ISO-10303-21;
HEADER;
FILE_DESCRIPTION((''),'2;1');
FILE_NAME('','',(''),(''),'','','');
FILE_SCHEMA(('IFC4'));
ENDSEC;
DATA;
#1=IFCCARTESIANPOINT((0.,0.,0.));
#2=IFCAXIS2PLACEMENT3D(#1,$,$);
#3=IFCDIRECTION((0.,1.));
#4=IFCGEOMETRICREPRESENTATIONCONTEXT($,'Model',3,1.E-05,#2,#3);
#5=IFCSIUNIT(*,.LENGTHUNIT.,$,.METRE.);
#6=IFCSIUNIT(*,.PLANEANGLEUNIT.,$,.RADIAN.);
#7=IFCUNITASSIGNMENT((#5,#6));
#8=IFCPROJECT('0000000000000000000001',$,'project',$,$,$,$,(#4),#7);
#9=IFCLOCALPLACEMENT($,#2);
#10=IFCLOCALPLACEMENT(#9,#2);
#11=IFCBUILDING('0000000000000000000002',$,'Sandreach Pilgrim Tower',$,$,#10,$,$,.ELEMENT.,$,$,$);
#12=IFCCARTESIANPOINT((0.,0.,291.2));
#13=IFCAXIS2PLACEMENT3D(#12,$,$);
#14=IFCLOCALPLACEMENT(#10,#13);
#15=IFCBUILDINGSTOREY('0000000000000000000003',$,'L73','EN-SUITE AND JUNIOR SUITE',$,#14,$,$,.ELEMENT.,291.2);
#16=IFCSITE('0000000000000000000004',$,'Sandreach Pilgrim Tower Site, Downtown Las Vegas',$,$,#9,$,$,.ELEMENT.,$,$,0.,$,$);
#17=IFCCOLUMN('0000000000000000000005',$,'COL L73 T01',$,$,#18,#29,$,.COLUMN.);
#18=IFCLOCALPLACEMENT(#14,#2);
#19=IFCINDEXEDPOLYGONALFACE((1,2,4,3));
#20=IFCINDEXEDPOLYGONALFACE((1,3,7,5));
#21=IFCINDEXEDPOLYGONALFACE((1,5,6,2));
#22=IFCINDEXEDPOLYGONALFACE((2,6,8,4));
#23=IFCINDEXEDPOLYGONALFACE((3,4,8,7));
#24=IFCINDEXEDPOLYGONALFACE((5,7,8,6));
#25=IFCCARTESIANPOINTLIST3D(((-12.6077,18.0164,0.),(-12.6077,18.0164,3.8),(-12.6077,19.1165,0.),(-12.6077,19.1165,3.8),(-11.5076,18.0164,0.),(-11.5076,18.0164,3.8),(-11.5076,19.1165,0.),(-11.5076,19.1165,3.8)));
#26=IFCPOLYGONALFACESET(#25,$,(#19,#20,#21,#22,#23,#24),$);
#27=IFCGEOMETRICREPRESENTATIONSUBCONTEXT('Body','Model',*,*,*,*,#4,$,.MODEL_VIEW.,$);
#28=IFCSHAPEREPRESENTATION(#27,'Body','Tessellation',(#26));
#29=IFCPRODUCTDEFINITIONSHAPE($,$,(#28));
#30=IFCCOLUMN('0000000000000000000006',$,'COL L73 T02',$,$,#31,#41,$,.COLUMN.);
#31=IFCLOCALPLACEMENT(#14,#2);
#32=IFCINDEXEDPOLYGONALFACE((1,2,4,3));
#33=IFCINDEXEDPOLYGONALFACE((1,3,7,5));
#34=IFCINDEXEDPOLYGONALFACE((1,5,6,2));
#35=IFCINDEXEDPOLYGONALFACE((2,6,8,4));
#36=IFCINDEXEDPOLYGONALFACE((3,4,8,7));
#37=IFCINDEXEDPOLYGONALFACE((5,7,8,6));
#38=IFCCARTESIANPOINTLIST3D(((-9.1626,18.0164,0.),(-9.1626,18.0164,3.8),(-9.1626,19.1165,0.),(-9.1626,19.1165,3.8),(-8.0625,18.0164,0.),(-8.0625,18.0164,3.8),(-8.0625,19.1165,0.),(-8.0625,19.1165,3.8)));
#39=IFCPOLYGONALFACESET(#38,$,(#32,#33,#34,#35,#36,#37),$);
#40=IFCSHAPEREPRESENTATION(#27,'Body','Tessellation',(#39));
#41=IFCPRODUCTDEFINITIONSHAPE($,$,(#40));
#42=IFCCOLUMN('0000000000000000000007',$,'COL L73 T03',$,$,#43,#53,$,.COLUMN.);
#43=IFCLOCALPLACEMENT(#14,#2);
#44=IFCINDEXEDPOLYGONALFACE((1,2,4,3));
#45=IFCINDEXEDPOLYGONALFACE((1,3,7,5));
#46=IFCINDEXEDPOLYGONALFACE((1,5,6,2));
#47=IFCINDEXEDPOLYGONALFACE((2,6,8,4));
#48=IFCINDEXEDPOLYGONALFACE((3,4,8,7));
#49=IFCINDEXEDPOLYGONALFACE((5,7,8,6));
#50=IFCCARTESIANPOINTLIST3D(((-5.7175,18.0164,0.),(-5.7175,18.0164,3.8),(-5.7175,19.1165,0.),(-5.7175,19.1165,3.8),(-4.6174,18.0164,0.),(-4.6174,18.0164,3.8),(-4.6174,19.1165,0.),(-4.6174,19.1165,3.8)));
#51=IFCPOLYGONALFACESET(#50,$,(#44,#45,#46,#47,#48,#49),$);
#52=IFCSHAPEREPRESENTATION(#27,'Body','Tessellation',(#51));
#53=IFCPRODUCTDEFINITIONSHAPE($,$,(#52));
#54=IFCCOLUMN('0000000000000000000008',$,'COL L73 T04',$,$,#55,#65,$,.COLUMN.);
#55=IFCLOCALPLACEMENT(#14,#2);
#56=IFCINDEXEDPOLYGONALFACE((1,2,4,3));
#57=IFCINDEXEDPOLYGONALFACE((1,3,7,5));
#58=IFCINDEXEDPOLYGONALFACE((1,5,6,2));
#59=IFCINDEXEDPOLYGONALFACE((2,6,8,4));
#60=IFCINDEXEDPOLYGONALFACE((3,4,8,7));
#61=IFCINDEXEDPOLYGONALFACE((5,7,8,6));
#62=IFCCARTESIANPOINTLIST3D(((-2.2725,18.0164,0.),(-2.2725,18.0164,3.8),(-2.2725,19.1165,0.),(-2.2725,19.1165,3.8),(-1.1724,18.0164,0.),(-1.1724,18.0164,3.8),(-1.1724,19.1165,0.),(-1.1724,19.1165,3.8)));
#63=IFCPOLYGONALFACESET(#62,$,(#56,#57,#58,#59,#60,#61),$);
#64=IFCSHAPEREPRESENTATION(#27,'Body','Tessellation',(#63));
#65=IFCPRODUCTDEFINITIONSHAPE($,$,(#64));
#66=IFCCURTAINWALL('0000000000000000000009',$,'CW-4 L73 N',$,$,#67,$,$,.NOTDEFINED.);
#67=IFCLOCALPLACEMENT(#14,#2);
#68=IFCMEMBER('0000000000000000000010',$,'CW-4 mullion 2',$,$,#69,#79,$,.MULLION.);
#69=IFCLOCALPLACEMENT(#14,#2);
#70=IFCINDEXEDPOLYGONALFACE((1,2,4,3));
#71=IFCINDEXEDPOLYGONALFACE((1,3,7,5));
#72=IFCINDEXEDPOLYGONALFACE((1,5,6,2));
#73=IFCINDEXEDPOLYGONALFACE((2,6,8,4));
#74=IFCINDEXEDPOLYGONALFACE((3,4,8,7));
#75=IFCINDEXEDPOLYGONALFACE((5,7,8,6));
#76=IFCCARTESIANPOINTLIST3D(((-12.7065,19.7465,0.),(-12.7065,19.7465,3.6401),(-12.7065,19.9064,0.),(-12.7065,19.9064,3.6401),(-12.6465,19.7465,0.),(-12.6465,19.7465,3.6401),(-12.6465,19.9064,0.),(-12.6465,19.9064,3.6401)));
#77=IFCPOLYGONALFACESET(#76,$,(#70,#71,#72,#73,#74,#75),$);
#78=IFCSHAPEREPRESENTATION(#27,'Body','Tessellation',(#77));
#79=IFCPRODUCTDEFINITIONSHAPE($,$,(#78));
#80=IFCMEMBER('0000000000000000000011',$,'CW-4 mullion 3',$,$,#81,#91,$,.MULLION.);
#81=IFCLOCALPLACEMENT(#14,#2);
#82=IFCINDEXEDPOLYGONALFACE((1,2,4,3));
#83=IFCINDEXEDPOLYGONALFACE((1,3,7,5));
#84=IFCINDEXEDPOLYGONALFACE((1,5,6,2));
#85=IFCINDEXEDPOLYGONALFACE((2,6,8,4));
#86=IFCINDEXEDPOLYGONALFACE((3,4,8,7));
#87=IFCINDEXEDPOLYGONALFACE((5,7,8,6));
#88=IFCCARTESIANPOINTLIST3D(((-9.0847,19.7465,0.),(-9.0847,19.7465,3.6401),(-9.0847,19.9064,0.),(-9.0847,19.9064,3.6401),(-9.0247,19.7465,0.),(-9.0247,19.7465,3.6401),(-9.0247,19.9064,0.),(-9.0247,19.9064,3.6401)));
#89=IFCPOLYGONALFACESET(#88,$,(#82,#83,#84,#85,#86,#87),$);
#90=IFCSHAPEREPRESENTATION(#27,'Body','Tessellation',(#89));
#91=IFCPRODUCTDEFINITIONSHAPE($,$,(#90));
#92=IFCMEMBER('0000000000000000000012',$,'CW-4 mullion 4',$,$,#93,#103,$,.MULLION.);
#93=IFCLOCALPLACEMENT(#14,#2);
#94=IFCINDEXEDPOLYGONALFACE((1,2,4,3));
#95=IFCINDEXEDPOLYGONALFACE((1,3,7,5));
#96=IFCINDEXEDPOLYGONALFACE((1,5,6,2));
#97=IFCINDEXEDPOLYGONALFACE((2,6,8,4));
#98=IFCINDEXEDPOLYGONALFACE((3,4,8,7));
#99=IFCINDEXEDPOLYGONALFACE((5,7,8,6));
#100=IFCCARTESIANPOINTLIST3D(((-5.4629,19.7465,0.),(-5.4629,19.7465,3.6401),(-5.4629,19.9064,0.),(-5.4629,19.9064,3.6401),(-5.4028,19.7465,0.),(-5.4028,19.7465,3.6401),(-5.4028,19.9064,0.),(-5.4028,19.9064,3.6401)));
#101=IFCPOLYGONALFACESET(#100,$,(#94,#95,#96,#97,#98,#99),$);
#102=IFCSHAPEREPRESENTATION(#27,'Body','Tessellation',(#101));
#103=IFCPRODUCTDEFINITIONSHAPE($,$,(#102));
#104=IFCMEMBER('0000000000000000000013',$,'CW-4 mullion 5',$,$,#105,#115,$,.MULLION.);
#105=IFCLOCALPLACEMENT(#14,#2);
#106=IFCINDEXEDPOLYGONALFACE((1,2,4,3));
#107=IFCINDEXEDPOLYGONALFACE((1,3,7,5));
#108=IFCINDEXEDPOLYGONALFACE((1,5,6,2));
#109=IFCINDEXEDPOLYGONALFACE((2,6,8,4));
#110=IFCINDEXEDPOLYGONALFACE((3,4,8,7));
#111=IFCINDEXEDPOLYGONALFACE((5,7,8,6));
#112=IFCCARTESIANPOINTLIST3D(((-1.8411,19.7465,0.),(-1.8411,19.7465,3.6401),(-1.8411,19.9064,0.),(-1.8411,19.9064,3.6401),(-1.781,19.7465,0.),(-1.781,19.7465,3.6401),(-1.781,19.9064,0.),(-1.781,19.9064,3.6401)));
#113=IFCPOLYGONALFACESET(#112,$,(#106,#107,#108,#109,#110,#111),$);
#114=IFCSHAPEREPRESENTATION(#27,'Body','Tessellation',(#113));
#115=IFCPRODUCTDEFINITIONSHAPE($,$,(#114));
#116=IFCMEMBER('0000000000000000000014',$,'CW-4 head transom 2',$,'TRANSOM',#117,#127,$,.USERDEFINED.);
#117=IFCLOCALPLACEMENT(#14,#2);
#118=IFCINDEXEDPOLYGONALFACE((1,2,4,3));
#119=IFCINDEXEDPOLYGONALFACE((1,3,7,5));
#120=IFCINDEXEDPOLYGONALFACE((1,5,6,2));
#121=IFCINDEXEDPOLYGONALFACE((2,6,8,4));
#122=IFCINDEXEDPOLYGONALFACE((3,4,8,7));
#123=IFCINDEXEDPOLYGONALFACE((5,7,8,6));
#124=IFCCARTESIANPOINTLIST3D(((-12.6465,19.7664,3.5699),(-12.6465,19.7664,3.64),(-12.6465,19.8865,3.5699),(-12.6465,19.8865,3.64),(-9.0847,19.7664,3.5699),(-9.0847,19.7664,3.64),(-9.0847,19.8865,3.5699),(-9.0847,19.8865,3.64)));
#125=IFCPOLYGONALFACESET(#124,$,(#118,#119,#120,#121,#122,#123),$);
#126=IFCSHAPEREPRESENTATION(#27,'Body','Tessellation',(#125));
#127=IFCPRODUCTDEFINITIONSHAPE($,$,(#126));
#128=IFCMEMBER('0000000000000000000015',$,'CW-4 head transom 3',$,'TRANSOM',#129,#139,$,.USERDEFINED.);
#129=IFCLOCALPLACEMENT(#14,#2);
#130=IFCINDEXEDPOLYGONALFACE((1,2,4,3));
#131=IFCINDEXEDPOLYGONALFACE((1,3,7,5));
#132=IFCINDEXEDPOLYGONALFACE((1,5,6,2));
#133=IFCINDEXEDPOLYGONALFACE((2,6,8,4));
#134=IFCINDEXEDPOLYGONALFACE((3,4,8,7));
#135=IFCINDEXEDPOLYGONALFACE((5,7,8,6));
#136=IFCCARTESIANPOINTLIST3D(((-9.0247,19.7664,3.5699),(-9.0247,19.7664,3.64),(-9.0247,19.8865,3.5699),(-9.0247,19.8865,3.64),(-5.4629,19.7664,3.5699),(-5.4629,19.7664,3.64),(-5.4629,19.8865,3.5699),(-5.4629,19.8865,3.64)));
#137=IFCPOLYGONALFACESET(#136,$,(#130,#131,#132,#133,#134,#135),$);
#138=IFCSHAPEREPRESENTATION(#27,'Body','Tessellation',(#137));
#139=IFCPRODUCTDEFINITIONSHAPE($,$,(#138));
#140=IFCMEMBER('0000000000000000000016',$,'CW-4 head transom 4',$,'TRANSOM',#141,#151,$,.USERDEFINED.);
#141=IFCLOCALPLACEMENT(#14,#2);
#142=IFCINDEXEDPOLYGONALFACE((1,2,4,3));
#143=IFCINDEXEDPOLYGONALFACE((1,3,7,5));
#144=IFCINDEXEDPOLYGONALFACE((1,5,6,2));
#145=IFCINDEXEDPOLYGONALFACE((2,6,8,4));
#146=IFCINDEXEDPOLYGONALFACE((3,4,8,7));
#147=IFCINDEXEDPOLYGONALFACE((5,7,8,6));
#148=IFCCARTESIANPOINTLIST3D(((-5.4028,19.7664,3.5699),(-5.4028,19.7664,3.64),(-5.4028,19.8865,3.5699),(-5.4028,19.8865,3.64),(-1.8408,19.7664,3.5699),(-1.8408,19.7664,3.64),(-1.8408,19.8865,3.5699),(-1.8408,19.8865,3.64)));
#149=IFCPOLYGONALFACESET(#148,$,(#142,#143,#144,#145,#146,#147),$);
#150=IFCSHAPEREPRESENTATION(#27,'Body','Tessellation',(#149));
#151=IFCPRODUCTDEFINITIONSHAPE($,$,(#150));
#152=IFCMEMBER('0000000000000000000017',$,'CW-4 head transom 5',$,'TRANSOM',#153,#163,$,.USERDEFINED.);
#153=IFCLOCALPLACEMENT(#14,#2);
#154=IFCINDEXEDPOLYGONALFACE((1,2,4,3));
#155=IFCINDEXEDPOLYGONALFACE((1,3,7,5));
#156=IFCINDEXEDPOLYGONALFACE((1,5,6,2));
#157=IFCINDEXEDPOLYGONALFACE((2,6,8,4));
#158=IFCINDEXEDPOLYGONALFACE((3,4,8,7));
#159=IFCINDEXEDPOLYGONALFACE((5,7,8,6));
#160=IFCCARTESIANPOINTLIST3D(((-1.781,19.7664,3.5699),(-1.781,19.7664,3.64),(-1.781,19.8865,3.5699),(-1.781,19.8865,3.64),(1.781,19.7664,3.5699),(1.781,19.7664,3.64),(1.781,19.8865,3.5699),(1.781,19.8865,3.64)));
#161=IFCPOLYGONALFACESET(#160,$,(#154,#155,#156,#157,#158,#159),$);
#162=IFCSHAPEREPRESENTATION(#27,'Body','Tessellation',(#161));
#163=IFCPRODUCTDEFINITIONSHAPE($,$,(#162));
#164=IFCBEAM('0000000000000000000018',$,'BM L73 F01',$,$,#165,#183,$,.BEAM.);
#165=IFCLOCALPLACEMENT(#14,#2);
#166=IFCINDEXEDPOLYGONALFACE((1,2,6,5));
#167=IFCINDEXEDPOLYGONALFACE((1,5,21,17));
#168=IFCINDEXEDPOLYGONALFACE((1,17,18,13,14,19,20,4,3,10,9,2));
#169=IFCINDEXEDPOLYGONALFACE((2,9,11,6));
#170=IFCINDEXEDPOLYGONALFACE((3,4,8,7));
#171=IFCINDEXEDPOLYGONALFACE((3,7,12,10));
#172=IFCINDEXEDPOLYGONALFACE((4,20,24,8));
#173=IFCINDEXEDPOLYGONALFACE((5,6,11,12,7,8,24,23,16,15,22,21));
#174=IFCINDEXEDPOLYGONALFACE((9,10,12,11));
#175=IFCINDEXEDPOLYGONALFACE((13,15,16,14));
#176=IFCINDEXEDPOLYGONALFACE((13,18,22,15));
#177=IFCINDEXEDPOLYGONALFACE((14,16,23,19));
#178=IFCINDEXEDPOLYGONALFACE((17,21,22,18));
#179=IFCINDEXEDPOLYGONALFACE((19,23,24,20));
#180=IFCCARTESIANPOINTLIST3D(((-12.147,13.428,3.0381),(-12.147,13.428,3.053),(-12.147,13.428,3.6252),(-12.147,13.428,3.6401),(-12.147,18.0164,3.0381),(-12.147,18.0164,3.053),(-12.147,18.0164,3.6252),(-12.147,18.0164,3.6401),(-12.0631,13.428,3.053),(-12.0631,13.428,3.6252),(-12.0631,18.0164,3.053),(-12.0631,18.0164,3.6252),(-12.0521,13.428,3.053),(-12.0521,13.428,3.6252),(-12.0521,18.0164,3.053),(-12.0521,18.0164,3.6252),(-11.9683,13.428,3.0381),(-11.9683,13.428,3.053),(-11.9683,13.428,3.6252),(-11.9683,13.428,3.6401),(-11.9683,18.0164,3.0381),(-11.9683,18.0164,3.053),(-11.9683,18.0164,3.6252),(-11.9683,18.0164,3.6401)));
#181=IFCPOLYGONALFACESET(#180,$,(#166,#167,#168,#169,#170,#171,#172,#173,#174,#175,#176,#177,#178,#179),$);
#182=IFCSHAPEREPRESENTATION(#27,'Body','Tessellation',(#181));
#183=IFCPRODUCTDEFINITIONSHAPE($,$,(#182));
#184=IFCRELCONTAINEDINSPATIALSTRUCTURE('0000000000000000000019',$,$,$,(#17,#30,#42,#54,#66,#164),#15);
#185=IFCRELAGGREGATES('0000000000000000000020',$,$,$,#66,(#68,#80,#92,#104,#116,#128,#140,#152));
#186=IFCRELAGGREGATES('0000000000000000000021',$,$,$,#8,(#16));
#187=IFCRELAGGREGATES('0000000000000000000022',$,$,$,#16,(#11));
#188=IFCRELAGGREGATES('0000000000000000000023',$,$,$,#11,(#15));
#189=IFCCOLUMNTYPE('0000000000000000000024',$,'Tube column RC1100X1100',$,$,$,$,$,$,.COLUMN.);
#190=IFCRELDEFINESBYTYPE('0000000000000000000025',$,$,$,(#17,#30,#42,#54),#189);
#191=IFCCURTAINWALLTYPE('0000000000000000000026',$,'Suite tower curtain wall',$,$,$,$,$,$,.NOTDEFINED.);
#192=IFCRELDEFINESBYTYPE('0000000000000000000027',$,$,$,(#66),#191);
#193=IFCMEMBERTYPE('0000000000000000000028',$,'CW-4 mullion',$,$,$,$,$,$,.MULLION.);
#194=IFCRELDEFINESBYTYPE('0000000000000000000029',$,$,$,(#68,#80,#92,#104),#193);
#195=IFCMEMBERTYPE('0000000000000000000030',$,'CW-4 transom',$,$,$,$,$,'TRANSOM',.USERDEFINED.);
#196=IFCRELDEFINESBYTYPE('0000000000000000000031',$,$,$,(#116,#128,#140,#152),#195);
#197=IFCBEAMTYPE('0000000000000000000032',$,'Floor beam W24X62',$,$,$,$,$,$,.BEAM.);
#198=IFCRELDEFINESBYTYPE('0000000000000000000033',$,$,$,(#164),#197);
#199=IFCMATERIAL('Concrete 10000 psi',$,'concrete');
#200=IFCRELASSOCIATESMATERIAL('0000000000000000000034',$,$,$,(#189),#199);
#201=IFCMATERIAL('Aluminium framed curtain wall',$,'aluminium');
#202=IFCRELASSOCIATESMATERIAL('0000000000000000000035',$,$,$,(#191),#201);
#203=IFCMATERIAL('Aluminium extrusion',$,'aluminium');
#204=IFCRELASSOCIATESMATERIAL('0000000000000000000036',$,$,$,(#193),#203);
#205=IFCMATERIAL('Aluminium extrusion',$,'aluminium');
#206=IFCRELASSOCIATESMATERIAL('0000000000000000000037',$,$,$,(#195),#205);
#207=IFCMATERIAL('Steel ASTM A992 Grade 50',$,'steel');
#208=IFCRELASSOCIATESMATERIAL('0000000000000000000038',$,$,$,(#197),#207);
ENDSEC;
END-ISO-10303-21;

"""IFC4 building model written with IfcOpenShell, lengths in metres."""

from ifc_helpers import new_model, si_unit, direction, frame, origin, origin_2d, place, context, subcontext, project, spatial, rectangle, i_section, extrude, material, material_profile, profile_set, type_object, element, aggregate, save


model = new_model("IFC4")

# Units and contexts
model_context = context("Model", 3, precision=1e-05, world=origin(), true_north=direction((0.0, 1.0)))
body_context = subcontext(model_context, "Body", "Model", "MODEL_VIEW")
ifc_project = project(units=[si_unit("LENGTHUNIT", "METRE"), si_unit("PLANEANGLEUNIT", "RADIAN")], contexts=[model_context])

# Site, building, storey
site_placement = place(None, origin())
site = spatial("IfcSite", under=ifc_project, at=site_placement, Name="Sandreach Pilgrim Tower Site, Downtown Las Vegas", CompositionType="ELEMENT", RefElevation=0.0)
building_placement = place(site_placement, origin())
building = spatial("IfcBuilding", under=site, at=building_placement, Name="Sandreach Pilgrim Tower", CompositionType="ELEMENT")
storey_placement = place(building_placement, frame((0.0, 0.0, 291.2)))
storey = spatial("IfcBuildingStorey", under=building, at=storey_placement, Name="L73", Description="EN-SUITE AND JUNIOR SUITE", CompositionType="ELEMENT", Elevation=291.2)

# Columns
ifc_material_1 = material(Name="Concrete 10000 psi", Category="concrete")
ifc_material_profile_1 = material_profile(ifc_material_1, rectangle(XDim=1.1001, YDim=1.1001, at=origin_2d()), Name="RC1100X1100")
ifc_profile_set_1 = profile_set([ifc_material_profile_1], Name="Concrete 10000 psi")
column_type = type_object("IfcColumnType", Name="Tube column RC1100X1100", PredefinedType="COLUMN", material=ifc_profile_set_1)
for number, where, z_axis, x_axis, name in (
    (1, (-12.0576, 18.5664, 0.0), (0.0, 0.0, 1.0), (0.0, 1.0, 0.0), "COL L73 T01"),
    (2, (-8.6125, 18.5664, 0.0), (0.0, 0.0, 1.0), (0.0, 1.0, 0.0), "COL L73 T02"),
    (3, (-5.1675, 18.5664, 0.0), (0.0, 0.0, 1.0), (0.0, 1.0, 0.0), "COL L73 T03"),
    (4, (-1.7224, 18.5664, 0.0), (0.0, 0.0, 1.0), (0.0, 1.0, 0.0), "COL L73 T04"),
):
    element("IfcColumn", number, at=place(storey_placement, frame(where, z_axis=z_axis, x_axis=x_axis)), inside=storey, type_object=column_type, Name=name, PredefinedType="COLUMN", context=body_context, shape_type="SweptSolid", body=[
        extrude(rectangle(XDim=1.1001, YDim=1.1001, at=origin_2d()), origin(), (0.0, 0.0, 1.0), 3.8),
    ])

# Curtain wall, members
ifc_material_2 = material(Name="Aluminium framed curtain wall", Category="aluminium")
curtain_wall_type = type_object("IfcCurtainWallType", Name="Suite tower curtain wall", PredefinedType="NOTDEFINED", material=ifc_material_2)
curtain_wall_placement = place(storey_placement, origin())
curtain_wall = element("IfcCurtainWall", 5, at=curtain_wall_placement, inside=storey, type_object=curtain_wall_type, Name="CW-4 L73 N", PredefinedType="NOTDEFINED")
ifc_material_3 = material(Name="Aluminium extrusion", Category="aluminium")
ifc_material_profile_2 = material_profile(ifc_material_3, rectangle(XDim=0.0601, YDim=0.1599, at=origin_2d()), Name="CW-4M 60X160")
ifc_profile_set_2 = profile_set([ifc_material_profile_2], Name="Aluminium extrusion")
member_type_1 = type_object("IfcMemberType", Name="CW-4 mullion", PredefinedType="MULLION", material=ifc_profile_set_2)
member_1_placement = place(storey_placement, frame((-12.6765, 19.8264, 0.0), z_axis=(0.0, 0.0, 1.0), x_axis=(1.0, 0.0, 0.0)))
member_1 = element("IfcMember", 6, at=member_1_placement, type_object=member_type_1, Name="CW-4 mullion 2", PredefinedType="MULLION", context=body_context, shape_type="SweptSolid", body=[
    extrude(rectangle(XDim=0.0601, YDim=0.1599, at=origin_2d()), origin(), (0.0, 0.0, 1.0), 3.6401),
])
member_2_placement = place(storey_placement, frame((-9.0547, 19.8264, 0.0), z_axis=(0.0, 0.0, 1.0), x_axis=(1.0, 0.0, 0.0)))
member_2 = element("IfcMember", 7, at=member_2_placement, type_object=member_type_1, Name="CW-4 mullion 3", PredefinedType="MULLION", context=body_context, shape_type="SweptSolid", body=[
    extrude(rectangle(XDim=0.0601, YDim=0.1599, at=origin_2d()), origin(), (0.0, 0.0, 1.0), 3.6401),
])
member_3_placement = place(storey_placement, frame((-5.4329, 19.8264, 0.0), z_axis=(0.0, 0.0, 1.0), x_axis=(1.0, 0.0, 0.0)))
member_3 = element("IfcMember", 8, at=member_3_placement, type_object=member_type_1, Name="CW-4 mullion 4", PredefinedType="MULLION", context=body_context, shape_type="SweptSolid", body=[
    extrude(rectangle(XDim=0.0601, YDim=0.1599, at=origin_2d()), origin(), (0.0, 0.0, 1.0), 3.6401),
])
member_4_placement = place(storey_placement, frame((-1.811, 19.8264, 0.0), z_axis=(0.0, 0.0, 1.0), x_axis=(1.0, 0.0, 0.0)))
member_4 = element("IfcMember", 9, at=member_4_placement, type_object=member_type_1, Name="CW-4 mullion 5", PredefinedType="MULLION", context=body_context, shape_type="SweptSolid", body=[
    extrude(rectangle(XDim=0.0601, YDim=0.1599, at=origin_2d()), origin(), (0.0, 0.0, 1.0), 3.6401),
])
ifc_material_4 = material(Name="Aluminium extrusion", Category="aluminium")
ifc_material_profile_3 = material_profile(ifc_material_4, rectangle(XDim=0.1201, YDim=0.0701, at=origin_2d()), Name="CW-4T 120X70")
ifc_profile_set_3 = profile_set([ifc_material_profile_3], Name="Aluminium extrusion")
member_type_2 = type_object("IfcMemberType", Name="CW-4 transom", ElementType="TRANSOM", PredefinedType="USERDEFINED", material=ifc_profile_set_3)
member_5_placement = place(storey_placement, frame((-12.6465, 19.8264, 3.605), z_axis=(1.0, 0.0, 0.0), x_axis=(0.0, 1.0, 0.0)))
member_5 = element("IfcMember", 10, at=member_5_placement, type_object=member_type_2, Name="CW-4 head transom 2", ObjectType="TRANSOM", PredefinedType="USERDEFINED", context=body_context, shape_type="SweptSolid", body=[
    extrude(rectangle(XDim=0.1201, YDim=0.0701, at=origin_2d()), origin(), (0.0, 0.0, 1.0), 3.5618),
])
member_6_placement = place(storey_placement, frame((-9.0247, 19.8264, 3.605), z_axis=(1.0, 0.0, 0.0), x_axis=(0.0, 1.0, 0.0)))
member_6 = element("IfcMember", 11, at=member_6_placement, type_object=member_type_2, Name="CW-4 head transom 3", ObjectType="TRANSOM", PredefinedType="USERDEFINED", context=body_context, shape_type="SweptSolid", body=[
    extrude(rectangle(XDim=0.1201, YDim=0.0701, at=origin_2d()), origin(), (0.0, 0.0, 1.0), 3.5618),
])
member_7_placement = place(storey_placement, frame((-5.4028, 19.8264, 3.605), z_axis=(1.0, 0.0, 0.0), x_axis=(0.0, 1.0, 0.0)))
member_7 = element("IfcMember", 12, at=member_7_placement, type_object=member_type_2, Name="CW-4 head transom 4", ObjectType="TRANSOM", PredefinedType="USERDEFINED", context=body_context, shape_type="SweptSolid", body=[
    extrude(rectangle(XDim=0.1201, YDim=0.0701, at=origin_2d()), origin(), (0.0, 0.0, 1.0), 3.562),
])
member_8_placement = place(storey_placement, frame((-1.781, 19.8264, 3.605), z_axis=(1.0, 0.0, 0.0), x_axis=(0.0, 1.0, 0.0)))
member_8 = element("IfcMember", 13, at=member_8_placement, type_object=member_type_2, Name="CW-4 head transom 5", ObjectType="TRANSOM", PredefinedType="USERDEFINED", context=body_context, shape_type="SweptSolid", body=[
    extrude(rectangle(XDim=0.1201, YDim=0.0701, at=origin_2d()), origin(), (0.0, 0.0, 1.0), 3.562),
])

# Beam
ifc_material_5 = material(Name="Steel ASTM A992 Grade 50", Category="steel")
ifc_material_profile_4 = material_profile(ifc_material_5, i_section(OverallWidth=0.1787, OverallDepth=0.6021, WebThickness=0.011, FlangeThickness=0.0149, at=origin_2d()), Name="W24X62")
ifc_profile_set_4 = profile_set([ifc_material_profile_4], Name="Steel ASTM A992 Grade 50")
beam_type_1 = type_object("IfcBeamType", Name="Floor beam W24X62", PredefinedType="BEAM", material=ifc_profile_set_4)
beam_1_placement = place(storey_placement, frame((-12.0576, 18.0164, 3.3391), z_axis=(0.0, -1.0, 0.0), x_axis=(1.0, 0.0, 0.0)))
element("IfcBeam", 14, at=beam_1_placement, inside=storey, type_object=beam_type_1, Name="BM L73 F01", PredefinedType="BEAM", context=body_context, shape_type="SweptSolid", body=[
    extrude(i_section(OverallWidth=0.1787, OverallDepth=0.6021, WebThickness=0.011, FlangeThickness=0.0149, at=origin_2d()), origin(), (0.0, 0.0, 1.0), 4.5884),
])

aggregate(curtain_wall, [member_1, member_2, member_3, member_4, member_5, member_6, member_7, member_8])

save(model, "model.ifc")
